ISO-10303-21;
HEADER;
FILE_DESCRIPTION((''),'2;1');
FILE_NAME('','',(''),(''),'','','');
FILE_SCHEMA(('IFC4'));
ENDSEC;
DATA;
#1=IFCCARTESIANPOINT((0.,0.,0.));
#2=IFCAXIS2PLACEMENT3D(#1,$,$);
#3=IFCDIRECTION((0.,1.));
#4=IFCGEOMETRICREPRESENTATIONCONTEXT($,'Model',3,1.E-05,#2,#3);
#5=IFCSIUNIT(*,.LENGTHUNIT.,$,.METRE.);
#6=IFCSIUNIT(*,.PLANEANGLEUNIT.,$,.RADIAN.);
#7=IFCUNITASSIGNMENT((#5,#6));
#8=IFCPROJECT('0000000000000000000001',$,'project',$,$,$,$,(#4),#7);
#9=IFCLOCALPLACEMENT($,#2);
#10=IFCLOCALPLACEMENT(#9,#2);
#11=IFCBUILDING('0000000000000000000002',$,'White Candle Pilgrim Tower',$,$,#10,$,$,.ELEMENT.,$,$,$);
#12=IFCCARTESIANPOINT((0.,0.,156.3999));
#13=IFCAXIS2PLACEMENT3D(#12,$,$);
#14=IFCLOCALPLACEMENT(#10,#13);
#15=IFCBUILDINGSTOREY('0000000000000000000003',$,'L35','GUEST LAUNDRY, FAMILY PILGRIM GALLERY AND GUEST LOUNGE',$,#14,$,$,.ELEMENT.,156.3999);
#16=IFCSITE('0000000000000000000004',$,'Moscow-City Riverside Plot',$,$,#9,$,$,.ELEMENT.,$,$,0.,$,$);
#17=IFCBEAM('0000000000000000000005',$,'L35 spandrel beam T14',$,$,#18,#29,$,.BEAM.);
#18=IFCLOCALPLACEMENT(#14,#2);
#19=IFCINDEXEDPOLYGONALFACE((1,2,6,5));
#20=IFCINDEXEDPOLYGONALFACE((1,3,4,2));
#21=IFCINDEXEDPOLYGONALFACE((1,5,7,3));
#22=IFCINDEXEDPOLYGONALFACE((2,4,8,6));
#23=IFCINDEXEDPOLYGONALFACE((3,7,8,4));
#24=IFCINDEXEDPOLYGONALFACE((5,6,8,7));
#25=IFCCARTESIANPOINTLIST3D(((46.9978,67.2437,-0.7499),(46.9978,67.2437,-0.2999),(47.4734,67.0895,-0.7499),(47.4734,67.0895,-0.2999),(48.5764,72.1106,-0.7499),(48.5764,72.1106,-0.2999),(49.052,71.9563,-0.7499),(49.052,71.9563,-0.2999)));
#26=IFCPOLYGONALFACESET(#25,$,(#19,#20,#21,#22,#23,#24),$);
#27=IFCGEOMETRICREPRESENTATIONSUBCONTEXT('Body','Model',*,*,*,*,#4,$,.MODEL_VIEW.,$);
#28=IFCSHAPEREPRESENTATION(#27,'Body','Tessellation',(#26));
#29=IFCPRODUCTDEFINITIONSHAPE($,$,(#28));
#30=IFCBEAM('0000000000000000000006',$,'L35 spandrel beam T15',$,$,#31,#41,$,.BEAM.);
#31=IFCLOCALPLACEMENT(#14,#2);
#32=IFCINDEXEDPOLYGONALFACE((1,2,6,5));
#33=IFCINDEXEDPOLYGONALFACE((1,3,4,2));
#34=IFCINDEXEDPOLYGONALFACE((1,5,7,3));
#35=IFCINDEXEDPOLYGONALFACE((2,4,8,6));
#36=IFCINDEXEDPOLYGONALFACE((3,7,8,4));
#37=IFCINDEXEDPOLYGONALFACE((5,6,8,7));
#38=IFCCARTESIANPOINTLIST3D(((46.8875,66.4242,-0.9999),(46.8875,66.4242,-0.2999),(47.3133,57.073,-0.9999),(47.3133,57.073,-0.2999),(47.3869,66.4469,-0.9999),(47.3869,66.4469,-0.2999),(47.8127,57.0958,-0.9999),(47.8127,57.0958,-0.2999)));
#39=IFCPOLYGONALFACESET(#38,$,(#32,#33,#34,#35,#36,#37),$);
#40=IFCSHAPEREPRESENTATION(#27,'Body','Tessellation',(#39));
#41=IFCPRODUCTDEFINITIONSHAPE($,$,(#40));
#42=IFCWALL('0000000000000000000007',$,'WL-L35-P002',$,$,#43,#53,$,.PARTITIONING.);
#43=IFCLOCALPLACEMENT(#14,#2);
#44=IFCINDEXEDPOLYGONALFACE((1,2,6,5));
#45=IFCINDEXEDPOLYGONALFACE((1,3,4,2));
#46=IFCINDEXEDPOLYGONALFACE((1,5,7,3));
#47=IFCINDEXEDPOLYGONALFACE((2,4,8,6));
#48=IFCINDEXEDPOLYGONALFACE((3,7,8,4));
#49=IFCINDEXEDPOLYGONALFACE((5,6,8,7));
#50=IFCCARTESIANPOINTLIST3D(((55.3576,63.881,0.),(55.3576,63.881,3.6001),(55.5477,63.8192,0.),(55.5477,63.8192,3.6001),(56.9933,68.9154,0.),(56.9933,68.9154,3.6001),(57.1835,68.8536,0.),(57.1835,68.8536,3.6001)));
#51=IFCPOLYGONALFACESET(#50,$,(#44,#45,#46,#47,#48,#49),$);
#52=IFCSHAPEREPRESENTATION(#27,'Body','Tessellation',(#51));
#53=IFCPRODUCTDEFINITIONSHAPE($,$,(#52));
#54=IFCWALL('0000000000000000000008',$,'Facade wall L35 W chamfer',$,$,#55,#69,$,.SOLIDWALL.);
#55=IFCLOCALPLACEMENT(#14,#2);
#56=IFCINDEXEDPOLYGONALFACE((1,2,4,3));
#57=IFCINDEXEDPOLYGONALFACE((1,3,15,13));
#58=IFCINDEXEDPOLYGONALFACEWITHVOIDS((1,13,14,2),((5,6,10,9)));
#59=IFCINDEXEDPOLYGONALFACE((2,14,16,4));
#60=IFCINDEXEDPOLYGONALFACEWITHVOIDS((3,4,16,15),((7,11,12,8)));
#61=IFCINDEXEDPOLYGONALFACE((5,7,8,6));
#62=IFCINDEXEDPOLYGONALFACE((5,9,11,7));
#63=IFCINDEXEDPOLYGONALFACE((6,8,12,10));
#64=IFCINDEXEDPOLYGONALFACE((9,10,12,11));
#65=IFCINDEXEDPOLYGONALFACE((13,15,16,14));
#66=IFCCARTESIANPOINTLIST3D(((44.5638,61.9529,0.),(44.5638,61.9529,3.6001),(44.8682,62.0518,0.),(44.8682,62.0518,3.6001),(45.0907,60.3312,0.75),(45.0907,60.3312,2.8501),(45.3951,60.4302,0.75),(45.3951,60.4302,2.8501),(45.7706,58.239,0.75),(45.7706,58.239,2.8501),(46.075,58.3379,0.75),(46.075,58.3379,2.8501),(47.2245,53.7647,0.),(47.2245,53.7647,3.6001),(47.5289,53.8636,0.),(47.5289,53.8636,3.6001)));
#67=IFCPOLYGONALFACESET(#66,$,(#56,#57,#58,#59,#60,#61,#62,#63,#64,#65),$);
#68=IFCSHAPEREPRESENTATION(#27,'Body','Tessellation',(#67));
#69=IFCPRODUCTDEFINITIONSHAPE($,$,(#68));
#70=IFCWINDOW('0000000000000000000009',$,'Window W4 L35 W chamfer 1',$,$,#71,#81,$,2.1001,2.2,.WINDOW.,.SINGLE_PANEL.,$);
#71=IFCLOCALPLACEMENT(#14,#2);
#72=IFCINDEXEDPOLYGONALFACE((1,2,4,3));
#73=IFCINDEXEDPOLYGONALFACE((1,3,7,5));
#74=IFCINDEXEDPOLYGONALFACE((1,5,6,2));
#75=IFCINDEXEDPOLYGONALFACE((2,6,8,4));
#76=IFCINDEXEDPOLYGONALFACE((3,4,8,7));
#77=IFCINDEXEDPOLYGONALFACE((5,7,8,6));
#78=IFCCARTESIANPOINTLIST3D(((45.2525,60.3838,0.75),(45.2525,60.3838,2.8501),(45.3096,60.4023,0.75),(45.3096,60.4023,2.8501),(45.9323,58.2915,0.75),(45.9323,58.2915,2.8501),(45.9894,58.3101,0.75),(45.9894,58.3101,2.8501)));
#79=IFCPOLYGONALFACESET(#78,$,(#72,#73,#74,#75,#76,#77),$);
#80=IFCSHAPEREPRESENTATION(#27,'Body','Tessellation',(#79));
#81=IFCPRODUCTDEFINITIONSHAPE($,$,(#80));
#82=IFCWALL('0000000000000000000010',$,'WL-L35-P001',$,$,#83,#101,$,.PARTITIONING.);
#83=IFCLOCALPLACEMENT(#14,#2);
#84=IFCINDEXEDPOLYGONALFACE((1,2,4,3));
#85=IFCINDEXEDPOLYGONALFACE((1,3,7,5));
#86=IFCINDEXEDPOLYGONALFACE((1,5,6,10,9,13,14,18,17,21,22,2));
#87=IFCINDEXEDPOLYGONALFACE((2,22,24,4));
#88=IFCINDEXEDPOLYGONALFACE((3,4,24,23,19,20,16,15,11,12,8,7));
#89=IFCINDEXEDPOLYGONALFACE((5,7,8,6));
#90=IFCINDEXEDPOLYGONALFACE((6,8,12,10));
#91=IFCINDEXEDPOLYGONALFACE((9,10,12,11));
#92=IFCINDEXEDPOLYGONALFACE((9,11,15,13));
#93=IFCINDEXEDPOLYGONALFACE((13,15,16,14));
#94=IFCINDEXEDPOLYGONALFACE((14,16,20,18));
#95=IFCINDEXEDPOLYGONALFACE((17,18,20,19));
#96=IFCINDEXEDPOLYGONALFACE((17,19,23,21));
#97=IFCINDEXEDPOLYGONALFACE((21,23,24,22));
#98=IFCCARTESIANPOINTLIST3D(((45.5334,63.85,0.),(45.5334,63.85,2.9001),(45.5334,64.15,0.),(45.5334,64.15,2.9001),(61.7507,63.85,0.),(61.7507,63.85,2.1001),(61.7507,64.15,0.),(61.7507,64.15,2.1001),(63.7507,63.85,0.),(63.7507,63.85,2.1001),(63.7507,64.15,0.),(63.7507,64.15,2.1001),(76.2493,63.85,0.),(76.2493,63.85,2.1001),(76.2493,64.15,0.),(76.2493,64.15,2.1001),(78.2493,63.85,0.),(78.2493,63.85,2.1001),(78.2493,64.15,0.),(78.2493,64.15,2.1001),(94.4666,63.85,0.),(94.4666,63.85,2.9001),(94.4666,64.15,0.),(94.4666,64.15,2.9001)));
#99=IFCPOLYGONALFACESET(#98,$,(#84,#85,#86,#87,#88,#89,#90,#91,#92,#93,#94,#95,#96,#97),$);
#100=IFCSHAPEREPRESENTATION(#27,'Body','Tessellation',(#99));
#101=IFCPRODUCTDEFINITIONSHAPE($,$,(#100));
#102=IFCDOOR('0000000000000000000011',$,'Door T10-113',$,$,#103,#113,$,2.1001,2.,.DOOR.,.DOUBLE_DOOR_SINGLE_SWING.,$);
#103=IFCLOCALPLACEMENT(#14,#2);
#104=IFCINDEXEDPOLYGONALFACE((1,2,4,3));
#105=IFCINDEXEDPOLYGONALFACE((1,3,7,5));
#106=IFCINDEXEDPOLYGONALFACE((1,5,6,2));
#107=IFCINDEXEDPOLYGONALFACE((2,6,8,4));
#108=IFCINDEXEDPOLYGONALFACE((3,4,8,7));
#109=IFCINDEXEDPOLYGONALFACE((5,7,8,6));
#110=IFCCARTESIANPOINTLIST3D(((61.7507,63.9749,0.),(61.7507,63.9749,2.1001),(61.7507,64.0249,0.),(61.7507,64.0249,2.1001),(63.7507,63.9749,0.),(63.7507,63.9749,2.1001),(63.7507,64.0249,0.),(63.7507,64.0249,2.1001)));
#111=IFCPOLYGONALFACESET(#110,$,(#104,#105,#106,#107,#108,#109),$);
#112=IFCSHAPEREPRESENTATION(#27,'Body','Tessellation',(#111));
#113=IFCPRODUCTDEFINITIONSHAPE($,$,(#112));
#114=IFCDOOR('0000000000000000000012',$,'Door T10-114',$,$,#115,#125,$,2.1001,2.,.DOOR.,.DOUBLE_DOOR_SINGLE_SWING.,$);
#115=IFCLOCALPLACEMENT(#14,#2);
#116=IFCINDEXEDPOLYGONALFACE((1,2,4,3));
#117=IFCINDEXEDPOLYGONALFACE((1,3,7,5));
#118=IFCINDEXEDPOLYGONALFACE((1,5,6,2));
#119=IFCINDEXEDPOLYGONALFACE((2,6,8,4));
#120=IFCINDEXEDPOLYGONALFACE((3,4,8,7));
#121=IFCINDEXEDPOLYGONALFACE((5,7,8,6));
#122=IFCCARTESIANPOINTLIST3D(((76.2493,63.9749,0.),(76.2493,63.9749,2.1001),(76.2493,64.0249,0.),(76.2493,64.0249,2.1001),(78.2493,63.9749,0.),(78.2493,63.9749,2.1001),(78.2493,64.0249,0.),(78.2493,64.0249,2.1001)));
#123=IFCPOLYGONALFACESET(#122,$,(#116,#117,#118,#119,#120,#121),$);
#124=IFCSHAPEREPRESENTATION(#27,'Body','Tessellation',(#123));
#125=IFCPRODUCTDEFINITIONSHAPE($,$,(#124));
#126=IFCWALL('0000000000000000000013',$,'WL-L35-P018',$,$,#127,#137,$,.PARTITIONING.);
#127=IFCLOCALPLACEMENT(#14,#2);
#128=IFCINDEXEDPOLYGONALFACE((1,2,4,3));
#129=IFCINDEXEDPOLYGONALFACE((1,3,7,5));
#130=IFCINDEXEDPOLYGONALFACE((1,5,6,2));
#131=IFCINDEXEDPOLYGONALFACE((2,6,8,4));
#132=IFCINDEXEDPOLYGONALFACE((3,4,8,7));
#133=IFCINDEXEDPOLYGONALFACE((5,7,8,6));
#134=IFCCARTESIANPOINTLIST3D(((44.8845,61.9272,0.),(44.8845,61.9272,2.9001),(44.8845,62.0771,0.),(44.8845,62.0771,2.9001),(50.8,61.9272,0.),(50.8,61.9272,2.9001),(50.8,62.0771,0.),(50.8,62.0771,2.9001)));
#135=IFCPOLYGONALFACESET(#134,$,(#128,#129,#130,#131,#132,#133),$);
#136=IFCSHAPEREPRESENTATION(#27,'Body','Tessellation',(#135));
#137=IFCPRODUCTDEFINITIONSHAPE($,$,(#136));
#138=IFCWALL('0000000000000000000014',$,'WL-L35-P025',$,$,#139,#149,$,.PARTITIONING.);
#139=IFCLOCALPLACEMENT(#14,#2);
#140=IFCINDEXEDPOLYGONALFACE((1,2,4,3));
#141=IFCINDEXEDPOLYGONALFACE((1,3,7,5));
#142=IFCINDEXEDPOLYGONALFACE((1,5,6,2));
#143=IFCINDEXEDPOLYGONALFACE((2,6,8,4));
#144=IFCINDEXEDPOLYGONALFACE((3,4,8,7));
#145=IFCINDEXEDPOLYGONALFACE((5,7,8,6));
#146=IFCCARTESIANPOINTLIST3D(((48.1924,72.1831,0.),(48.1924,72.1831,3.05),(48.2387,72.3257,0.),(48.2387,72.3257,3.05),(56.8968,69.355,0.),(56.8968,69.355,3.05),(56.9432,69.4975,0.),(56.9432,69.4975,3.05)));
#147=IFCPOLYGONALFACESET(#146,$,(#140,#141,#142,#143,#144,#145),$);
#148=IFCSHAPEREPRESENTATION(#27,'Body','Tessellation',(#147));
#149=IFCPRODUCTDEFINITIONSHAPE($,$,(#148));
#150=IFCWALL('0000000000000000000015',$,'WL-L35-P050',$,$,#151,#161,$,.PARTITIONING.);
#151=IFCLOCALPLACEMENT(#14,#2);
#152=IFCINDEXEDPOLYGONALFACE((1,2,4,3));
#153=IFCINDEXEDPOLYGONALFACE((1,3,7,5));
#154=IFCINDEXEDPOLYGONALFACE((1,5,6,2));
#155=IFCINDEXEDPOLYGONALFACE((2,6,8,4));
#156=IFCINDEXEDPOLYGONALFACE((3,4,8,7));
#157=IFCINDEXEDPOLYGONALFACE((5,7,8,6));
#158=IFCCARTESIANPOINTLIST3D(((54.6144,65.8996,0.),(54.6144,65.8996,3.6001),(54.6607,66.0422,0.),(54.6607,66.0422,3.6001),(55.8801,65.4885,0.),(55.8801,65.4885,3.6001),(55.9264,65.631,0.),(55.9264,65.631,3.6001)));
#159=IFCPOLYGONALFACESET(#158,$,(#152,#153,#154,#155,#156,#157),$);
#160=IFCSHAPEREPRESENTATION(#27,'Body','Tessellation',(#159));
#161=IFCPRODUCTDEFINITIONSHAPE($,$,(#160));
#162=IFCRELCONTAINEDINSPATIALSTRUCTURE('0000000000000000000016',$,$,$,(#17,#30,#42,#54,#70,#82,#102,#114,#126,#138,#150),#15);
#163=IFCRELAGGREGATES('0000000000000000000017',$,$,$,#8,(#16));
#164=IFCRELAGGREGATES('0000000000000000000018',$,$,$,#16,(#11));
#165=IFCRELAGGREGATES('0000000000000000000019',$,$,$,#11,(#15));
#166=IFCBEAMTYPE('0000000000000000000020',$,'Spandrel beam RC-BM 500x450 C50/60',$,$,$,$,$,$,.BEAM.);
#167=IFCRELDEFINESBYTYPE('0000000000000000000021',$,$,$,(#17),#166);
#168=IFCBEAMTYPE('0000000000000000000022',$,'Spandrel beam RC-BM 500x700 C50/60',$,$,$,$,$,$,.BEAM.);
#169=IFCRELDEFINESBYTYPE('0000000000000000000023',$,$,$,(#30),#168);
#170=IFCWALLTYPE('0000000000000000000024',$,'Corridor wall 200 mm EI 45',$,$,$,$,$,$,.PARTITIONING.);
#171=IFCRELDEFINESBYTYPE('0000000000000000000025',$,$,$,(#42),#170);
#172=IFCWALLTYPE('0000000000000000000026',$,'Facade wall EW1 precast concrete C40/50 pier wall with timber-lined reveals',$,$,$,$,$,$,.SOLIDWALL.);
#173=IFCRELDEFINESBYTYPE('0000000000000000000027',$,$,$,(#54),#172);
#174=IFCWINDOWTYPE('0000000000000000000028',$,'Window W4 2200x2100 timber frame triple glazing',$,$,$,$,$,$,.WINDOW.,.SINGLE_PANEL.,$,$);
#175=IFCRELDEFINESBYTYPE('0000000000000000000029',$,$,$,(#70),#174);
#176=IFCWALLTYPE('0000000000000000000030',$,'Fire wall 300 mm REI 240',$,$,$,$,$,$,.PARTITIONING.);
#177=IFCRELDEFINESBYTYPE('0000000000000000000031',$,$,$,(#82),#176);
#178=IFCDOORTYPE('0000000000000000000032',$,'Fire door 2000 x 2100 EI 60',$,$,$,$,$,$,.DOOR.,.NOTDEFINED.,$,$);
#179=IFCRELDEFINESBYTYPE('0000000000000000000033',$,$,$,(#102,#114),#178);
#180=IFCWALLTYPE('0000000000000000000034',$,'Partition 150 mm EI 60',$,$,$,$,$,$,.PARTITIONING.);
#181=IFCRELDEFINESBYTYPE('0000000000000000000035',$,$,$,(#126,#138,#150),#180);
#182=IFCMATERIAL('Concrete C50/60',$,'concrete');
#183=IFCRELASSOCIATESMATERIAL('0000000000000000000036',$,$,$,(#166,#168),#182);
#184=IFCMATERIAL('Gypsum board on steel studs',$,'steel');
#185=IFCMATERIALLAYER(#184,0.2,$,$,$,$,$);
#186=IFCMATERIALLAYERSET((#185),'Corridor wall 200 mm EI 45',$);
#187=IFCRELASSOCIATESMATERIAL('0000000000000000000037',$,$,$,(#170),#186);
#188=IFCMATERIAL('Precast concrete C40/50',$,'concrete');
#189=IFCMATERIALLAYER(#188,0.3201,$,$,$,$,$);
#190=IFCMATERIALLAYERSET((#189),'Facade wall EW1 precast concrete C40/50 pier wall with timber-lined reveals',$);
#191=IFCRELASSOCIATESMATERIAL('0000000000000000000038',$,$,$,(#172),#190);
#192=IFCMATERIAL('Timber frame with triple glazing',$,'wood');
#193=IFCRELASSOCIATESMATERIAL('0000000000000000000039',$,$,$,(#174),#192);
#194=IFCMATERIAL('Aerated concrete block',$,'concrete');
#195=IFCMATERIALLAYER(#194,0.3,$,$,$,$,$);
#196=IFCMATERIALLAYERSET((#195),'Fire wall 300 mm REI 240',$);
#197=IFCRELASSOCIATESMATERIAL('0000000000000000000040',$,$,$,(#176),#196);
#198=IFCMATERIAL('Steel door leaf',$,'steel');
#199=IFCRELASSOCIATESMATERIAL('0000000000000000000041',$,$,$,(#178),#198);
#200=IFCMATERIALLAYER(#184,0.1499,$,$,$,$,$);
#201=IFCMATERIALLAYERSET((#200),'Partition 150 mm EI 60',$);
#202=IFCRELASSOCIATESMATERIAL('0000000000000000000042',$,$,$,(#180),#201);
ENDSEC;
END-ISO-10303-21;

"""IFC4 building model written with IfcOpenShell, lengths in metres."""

from ifc_helpers import new_model, si_unit, direction, frame, frame_2d, origin, origin_2d, place, context, subcontext, project, spatial, rectangle, extrude, material, layer, layer_set, material_profile, profile_set, type_object, element, fill, save


model = new_model("IFC4")

# Units and contexts
model_context = context("Model", 3, precision=1e-05, world=origin(), true_north=direction((0.0, 1.0)))
body_context = subcontext(model_context, "Body", "Model", "MODEL_VIEW")
ifc_project = project(units=[si_unit("LENGTHUNIT", "METRE"), si_unit("PLANEANGLEUNIT", "RADIAN")], contexts=[model_context])

# Site, building, storey
site_placement = place(None, origin())
site = spatial("IfcSite", under=ifc_project, at=site_placement, Name="Moscow-City Riverside Plot", CompositionType="ELEMENT", RefElevation=0.0)
building_placement = place(site_placement, origin())
building = spatial("IfcBuilding", under=site, at=building_placement, Name="White Candle Pilgrim Tower", CompositionType="ELEMENT")
storey_placement = place(building_placement, frame((0.0, 0.0, 156.3999)))
storey = spatial("IfcBuildingStorey", under=building, at=storey_placement, Name="L35", Description="GUEST LAUNDRY, FAMILY PILGRIM GALLERY AND GUEST LOUNGE", CompositionType="ELEMENT", Elevation=156.3999)

# Beams
ifc_material_1 = material(Name="Concrete C50/60", Category="concrete")
ifc_material_profile_1 = material_profile(ifc_material_1, rectangle(XDim=0.5, YDim=0.45, at=origin_2d()), Name="RC-BM 500x450")
ifc_profile_set_1 = profile_set([ifc_material_profile_1], Name="Concrete C50/60")
beam_type_1 = type_object("IfcBeamType", Name="Spandrel beam RC-BM 500x450 C50/60", PredefinedType="BEAM", material=ifc_profile_set_1)
beam_1_placement = place(storey_placement, frame((48.8142, 72.0334, -0.5249), z_axis=(-0.30853, -0.951214, 0.0), x_axis=(0.951214, -0.30853, 0.0)))
element("IfcBeam", 1, at=beam_1_placement, inside=storey, type_object=beam_type_1, Name="L35 spandrel beam T14", PredefinedType="BEAM", context=body_context, shape_type="SweptSolid", body=[
    extrude(rectangle(XDim=0.5, YDim=0.45, at=origin_2d()), origin(), (0.0, 0.0, 1.0), 5.1165),
])
ifc_material_profile_2 = material_profile(ifc_material_1, rectangle(XDim=0.5, YDim=0.7, at=origin_2d()), Name="RC-BM 500x700")
ifc_profile_set_2 = profile_set([ifc_material_profile_2], Name="Concrete C50/60")
beam_type_2 = type_object("IfcBeamType", Name="Spandrel beam RC-BM 500x700 C50/60", PredefinedType="BEAM", material=ifc_profile_set_2)
beam_2_placement = place(storey_placement, frame((47.1372, 66.4355, -0.6499), z_axis=(0.045486, -0.998965, 0.0), x_axis=(0.998965, 0.045486, 0.0)))
element("IfcBeam", 2, at=beam_2_placement, inside=storey, type_object=beam_type_2, Name="L35 spandrel beam T15", PredefinedType="BEAM", context=body_context, shape_type="SweptSolid", body=[
    extrude(rectangle(XDim=0.5, YDim=0.7, at=origin_2d()), origin(), (0.0, 0.0, 1.0), 9.3608),
])

# Wall
ifc_material_2 = material(Name="Gypsum board on steel studs", Category="steel")
ifc_layer_1 = layer(ifc_material_2, 0.2)
ifc_layer_set_1 = layer_set([ifc_layer_1], Name="Corridor wall 200 mm EI 45")
wall_type_1 = type_object("IfcWallType", Name="Corridor wall 200 mm EI 45", PredefinedType="PARTITIONING", material=ifc_layer_set_1)
wall_1_placement = place(storey_placement, frame((55.4526, 63.8501, 0.0), z_axis=(0.0, 0.0, 1.0), x_axis=(0.30901, 0.951059, 0.0)))
element("IfcWall", 3, at=wall_1_placement, inside=storey, type_object=wall_type_1, Name="WL-L35-P002", PredefinedType="PARTITIONING", context=body_context, shape_type="SweptSolid", body=[
    extrude(rectangle(XDim=5.2935, YDim=0.2, at=frame_2d((2.6467, 0.0))), origin(), (0.0, 0.0, 1.0), 3.6001),
])

# Wall, opening, window
ifc_material_3 = material(Name="Precast concrete C40/50", Category="concrete")
ifc_layer_2 = layer(ifc_material_3, 0.3201)
ifc_layer_set_2 = layer_set([ifc_layer_2], Name="Facade wall EW1 precast concrete C40/50 pier wall with timber-lined reveals")
wall_type_2 = type_object("IfcWallType", Name="Facade wall EW1 precast concrete C40/50 pier wall with timber-lined reveals", PredefinedType="SOLIDWALL", material=ifc_layer_set_2)
wall_2_placement = place(storey_placement, frame((44.7161, 62.0022, 0.0), z_axis=(0.0, 0.0, 1.0), x_axis=(0.30903, -0.951052, 0.0)))
wall_2 = element("IfcWall", 4, at=wall_2_placement, inside=storey, type_object=wall_type_2, Name="Facade wall L35 W chamfer", PredefinedType="SOLIDWALL", context=body_context, shape_type="SweptSolid", body=[
    extrude(rectangle(XDim=8.6096, YDim=0.3201, at=frame_2d((4.3047, 0.0))), origin(), (0.0, 0.0, 1.0), 3.6001),
])
opening_1_placement = place(wall_2_placement, frame((1.7048, 0.0, 0.75)))
opening_1 = element("IfcOpeningElement", 5, at=opening_1_placement, cuts=wall_2, PredefinedType="OPENING", context=body_context, shape_type="SweptSolid", body=[
    extrude(rectangle(XDim=2.2, YDim=2.1001, at=frame_2d((1.1001, 1.05))), frame((0.0, 0.1699, 0.0), z_axis=(0.0, -1.0, 0.0), x_axis=(1.0, 0.0, 0.0)), (0.0, 0.0, 1.0), 0.3401),
])
ifc_material_4 = material(Name="Timber frame with triple glazing", Category="wood")
window_type = type_object("IfcWindowType", Name="Window W4 2200x2100 timber frame triple glazing", PartitioningType="SINGLE_PANEL", PredefinedType="WINDOW", material=ifc_material_4)
window_placement = place(opening_1_placement, origin())
window = element("IfcWindow", 6, at=window_placement, inside=storey, type_object=window_type, Name="Window W4 L35 W chamfer 1", OverallHeight=2.1001, OverallWidth=2.2, PartitioningType="SINGLE_PANEL", PredefinedType="WINDOW", context=body_context, shape_type="SweptSolid", body=[
    extrude(rectangle(XDim=2.2, YDim=2.1001, at=frame_2d((1.1001, 1.05))), frame((0.0, 0.0701, 0.0), z_axis=(0.0, -1.0, 0.0), x_axis=(1.0, 0.0, 0.0)), (0.0, 0.0, 1.0), 0.0601),
])
fill(opening_1, window)

# Wall, openings, doors
ifc_material_5 = material(Name="Aerated concrete block", Category="concrete")
ifc_layer_3 = layer(ifc_material_5, 0.3)
ifc_layer_set_3 = layer_set([ifc_layer_3], Name="Fire wall 300 mm REI 240")
wall_type_3 = type_object("IfcWallType", Name="Fire wall 300 mm REI 240", PredefinedType="PARTITIONING", material=ifc_layer_set_3)
wall_3_placement = place(storey_placement, frame((45.5334, 64.0, 0.0), z_axis=(0.0, 0.0, 1.0), x_axis=(1.0, 0.0, 0.0)))
wall_3 = element("IfcWall", 7, at=wall_3_placement, inside=storey, type_object=wall_type_3, Name="WL-L35-P001", PredefinedType="PARTITIONING", context=body_context, shape_type="SweptSolid", body=[
    extrude(rectangle(XDim=48.9331, YDim=0.3, at=frame_2d((24.4666, 0.0))), origin(), (0.0, 0.0, 1.0), 2.9001),
])
opening_2_placement = place(wall_3_placement, frame((16.2173, 0.0, 0.0)))
opening_2 = element("IfcOpeningElement", 8, at=opening_2_placement, cuts=wall_3, PredefinedType="OPENING", context=body_context, shape_type="SweptSolid", body=[
    extrude(rectangle(XDim=2.0, YDim=2.1001, at=frame_2d((1.0, 1.05))), frame((0.0, 0.1599, 0.0), z_axis=(0.0, -1.0, 0.0), x_axis=(1.0, 0.0, 0.0)), (0.0, 0.0, 1.0), 0.3201),
])
opening_3_placement = place(wall_3_placement, frame((30.7158, 0.0, 0.0)))
opening_3 = element("IfcOpeningElement", 9, at=opening_3_placement, cuts=wall_3, PredefinedType="OPENING", context=body_context, shape_type="SweptSolid", body=[
    extrude(rectangle(XDim=2.0, YDim=2.1001, at=frame_2d((1.0, 1.05))), frame((0.0, 0.1599, 0.0), z_axis=(0.0, -1.0, 0.0), x_axis=(1.0, 0.0, 0.0)), (0.0, 0.0, 1.0), 0.3201),
])
ifc_material_6 = material(Name="Steel door leaf", Category="steel")
door_type = type_object("IfcDoorType", Name="Fire door 2000 x 2100 EI 60", OperationType="NOTDEFINED", PredefinedType="DOOR", material=ifc_material_6)
door_1_placement = place(opening_2_placement, origin())
door_1 = element("IfcDoor", 10, at=door_1_placement, inside=storey, type_object=door_type, Name="Door T10-113", OperationType="DOUBLE_DOOR_SINGLE_SWING", OverallHeight=2.1001, OverallWidth=2.0, PredefinedType="DOOR", context=body_context, shape_type="SweptSolid", body=[
    extrude(rectangle(XDim=2.0, YDim=2.1001, at=frame_2d((1.0, 1.05))), frame((0.0, 0.0249, 0.0), z_axis=(0.0, -1.0, 0.0), x_axis=(1.0, 0.0, 0.0)), (0.0, 0.0, 1.0), 0.05),
])
fill(opening_2, door_1)
door_2_placement = place(opening_3_placement, origin())
door_2 = element("IfcDoor", 11, at=door_2_placement, inside=storey, type_object=door_type, Name="Door T10-114", OperationType="DOUBLE_DOOR_SINGLE_SWING", OverallHeight=2.1001, OverallWidth=2.0, PredefinedType="DOOR", context=body_context, shape_type="SweptSolid", body=[
    extrude(rectangle(XDim=2.0, YDim=2.1001, at=frame_2d((1.0, 1.05))), frame((0.0, 0.0249, 0.0), z_axis=(0.0, -1.0, 0.0), x_axis=(1.0, 0.0, 0.0)), (0.0, 0.0, 1.0), 0.05),
])
fill(opening_3, door_2)

# Walls
ifc_layer_4 = layer(ifc_material_2, 0.1499)
ifc_layer_set_4 = layer_set([ifc_layer_4], Name="Partition 150 mm EI 60")
wall_type_4 = type_object("IfcWallType", Name="Partition 150 mm EI 60", PredefinedType="PARTITIONING", material=ifc_layer_set_4)
wall_4_placement = place(storey_placement, frame((44.8845, 62.0022, 0.0), z_axis=(0.0, 0.0, 1.0), x_axis=(1.0, 0.0, 0.0)))
element("IfcWall", 12, at=wall_4_placement, inside=storey, type_object=wall_type_4, Name="WL-L35-P018", PredefinedType="PARTITIONING", context=body_context, shape_type="SweptSolid", body=[
    extrude(rectangle(XDim=5.9155, YDim=0.1499, at=frame_2d((2.9578, 0.0))), origin(), (0.0, 0.0, 1.0), 2.9001),
])
wall_5_placement = place(storey_placement, frame((48.2156, 72.2544, 0.0), z_axis=(0.0, 0.0, 1.0), x_axis=(0.951059, -0.309008, 0.0)))
element("IfcWall", 13, at=wall_5_placement, inside=storey, type_object=wall_type_4, Name="WL-L35-P025", PredefinedType="PARTITIONING", context=body_context, shape_type="SweptSolid", body=[
    extrude(rectangle(XDim=9.1523, YDim=0.1499, at=frame_2d((4.5762, 0.0))), origin(), (0.0, 0.0, 1.0), 3.05),
])
wall_6_placement = place(storey_placement, frame((54.6375, 65.9709, 0.0), z_axis=(0.0, 0.0, 1.0), x_axis=(0.951077, -0.308953, 0.0)))
element("IfcWall", 14, at=wall_6_placement, inside=storey, type_object=wall_type_4, Name="WL-L35-P050", PredefinedType="PARTITIONING", context=body_context, shape_type="SweptSolid", body=[
    extrude(rectangle(XDim=1.3308, YDim=0.1499, at=frame_2d((0.6655, 0.0))), origin(), (0.0, 0.0, 1.0), 3.6001),
])

save(model, "model.ifc")
